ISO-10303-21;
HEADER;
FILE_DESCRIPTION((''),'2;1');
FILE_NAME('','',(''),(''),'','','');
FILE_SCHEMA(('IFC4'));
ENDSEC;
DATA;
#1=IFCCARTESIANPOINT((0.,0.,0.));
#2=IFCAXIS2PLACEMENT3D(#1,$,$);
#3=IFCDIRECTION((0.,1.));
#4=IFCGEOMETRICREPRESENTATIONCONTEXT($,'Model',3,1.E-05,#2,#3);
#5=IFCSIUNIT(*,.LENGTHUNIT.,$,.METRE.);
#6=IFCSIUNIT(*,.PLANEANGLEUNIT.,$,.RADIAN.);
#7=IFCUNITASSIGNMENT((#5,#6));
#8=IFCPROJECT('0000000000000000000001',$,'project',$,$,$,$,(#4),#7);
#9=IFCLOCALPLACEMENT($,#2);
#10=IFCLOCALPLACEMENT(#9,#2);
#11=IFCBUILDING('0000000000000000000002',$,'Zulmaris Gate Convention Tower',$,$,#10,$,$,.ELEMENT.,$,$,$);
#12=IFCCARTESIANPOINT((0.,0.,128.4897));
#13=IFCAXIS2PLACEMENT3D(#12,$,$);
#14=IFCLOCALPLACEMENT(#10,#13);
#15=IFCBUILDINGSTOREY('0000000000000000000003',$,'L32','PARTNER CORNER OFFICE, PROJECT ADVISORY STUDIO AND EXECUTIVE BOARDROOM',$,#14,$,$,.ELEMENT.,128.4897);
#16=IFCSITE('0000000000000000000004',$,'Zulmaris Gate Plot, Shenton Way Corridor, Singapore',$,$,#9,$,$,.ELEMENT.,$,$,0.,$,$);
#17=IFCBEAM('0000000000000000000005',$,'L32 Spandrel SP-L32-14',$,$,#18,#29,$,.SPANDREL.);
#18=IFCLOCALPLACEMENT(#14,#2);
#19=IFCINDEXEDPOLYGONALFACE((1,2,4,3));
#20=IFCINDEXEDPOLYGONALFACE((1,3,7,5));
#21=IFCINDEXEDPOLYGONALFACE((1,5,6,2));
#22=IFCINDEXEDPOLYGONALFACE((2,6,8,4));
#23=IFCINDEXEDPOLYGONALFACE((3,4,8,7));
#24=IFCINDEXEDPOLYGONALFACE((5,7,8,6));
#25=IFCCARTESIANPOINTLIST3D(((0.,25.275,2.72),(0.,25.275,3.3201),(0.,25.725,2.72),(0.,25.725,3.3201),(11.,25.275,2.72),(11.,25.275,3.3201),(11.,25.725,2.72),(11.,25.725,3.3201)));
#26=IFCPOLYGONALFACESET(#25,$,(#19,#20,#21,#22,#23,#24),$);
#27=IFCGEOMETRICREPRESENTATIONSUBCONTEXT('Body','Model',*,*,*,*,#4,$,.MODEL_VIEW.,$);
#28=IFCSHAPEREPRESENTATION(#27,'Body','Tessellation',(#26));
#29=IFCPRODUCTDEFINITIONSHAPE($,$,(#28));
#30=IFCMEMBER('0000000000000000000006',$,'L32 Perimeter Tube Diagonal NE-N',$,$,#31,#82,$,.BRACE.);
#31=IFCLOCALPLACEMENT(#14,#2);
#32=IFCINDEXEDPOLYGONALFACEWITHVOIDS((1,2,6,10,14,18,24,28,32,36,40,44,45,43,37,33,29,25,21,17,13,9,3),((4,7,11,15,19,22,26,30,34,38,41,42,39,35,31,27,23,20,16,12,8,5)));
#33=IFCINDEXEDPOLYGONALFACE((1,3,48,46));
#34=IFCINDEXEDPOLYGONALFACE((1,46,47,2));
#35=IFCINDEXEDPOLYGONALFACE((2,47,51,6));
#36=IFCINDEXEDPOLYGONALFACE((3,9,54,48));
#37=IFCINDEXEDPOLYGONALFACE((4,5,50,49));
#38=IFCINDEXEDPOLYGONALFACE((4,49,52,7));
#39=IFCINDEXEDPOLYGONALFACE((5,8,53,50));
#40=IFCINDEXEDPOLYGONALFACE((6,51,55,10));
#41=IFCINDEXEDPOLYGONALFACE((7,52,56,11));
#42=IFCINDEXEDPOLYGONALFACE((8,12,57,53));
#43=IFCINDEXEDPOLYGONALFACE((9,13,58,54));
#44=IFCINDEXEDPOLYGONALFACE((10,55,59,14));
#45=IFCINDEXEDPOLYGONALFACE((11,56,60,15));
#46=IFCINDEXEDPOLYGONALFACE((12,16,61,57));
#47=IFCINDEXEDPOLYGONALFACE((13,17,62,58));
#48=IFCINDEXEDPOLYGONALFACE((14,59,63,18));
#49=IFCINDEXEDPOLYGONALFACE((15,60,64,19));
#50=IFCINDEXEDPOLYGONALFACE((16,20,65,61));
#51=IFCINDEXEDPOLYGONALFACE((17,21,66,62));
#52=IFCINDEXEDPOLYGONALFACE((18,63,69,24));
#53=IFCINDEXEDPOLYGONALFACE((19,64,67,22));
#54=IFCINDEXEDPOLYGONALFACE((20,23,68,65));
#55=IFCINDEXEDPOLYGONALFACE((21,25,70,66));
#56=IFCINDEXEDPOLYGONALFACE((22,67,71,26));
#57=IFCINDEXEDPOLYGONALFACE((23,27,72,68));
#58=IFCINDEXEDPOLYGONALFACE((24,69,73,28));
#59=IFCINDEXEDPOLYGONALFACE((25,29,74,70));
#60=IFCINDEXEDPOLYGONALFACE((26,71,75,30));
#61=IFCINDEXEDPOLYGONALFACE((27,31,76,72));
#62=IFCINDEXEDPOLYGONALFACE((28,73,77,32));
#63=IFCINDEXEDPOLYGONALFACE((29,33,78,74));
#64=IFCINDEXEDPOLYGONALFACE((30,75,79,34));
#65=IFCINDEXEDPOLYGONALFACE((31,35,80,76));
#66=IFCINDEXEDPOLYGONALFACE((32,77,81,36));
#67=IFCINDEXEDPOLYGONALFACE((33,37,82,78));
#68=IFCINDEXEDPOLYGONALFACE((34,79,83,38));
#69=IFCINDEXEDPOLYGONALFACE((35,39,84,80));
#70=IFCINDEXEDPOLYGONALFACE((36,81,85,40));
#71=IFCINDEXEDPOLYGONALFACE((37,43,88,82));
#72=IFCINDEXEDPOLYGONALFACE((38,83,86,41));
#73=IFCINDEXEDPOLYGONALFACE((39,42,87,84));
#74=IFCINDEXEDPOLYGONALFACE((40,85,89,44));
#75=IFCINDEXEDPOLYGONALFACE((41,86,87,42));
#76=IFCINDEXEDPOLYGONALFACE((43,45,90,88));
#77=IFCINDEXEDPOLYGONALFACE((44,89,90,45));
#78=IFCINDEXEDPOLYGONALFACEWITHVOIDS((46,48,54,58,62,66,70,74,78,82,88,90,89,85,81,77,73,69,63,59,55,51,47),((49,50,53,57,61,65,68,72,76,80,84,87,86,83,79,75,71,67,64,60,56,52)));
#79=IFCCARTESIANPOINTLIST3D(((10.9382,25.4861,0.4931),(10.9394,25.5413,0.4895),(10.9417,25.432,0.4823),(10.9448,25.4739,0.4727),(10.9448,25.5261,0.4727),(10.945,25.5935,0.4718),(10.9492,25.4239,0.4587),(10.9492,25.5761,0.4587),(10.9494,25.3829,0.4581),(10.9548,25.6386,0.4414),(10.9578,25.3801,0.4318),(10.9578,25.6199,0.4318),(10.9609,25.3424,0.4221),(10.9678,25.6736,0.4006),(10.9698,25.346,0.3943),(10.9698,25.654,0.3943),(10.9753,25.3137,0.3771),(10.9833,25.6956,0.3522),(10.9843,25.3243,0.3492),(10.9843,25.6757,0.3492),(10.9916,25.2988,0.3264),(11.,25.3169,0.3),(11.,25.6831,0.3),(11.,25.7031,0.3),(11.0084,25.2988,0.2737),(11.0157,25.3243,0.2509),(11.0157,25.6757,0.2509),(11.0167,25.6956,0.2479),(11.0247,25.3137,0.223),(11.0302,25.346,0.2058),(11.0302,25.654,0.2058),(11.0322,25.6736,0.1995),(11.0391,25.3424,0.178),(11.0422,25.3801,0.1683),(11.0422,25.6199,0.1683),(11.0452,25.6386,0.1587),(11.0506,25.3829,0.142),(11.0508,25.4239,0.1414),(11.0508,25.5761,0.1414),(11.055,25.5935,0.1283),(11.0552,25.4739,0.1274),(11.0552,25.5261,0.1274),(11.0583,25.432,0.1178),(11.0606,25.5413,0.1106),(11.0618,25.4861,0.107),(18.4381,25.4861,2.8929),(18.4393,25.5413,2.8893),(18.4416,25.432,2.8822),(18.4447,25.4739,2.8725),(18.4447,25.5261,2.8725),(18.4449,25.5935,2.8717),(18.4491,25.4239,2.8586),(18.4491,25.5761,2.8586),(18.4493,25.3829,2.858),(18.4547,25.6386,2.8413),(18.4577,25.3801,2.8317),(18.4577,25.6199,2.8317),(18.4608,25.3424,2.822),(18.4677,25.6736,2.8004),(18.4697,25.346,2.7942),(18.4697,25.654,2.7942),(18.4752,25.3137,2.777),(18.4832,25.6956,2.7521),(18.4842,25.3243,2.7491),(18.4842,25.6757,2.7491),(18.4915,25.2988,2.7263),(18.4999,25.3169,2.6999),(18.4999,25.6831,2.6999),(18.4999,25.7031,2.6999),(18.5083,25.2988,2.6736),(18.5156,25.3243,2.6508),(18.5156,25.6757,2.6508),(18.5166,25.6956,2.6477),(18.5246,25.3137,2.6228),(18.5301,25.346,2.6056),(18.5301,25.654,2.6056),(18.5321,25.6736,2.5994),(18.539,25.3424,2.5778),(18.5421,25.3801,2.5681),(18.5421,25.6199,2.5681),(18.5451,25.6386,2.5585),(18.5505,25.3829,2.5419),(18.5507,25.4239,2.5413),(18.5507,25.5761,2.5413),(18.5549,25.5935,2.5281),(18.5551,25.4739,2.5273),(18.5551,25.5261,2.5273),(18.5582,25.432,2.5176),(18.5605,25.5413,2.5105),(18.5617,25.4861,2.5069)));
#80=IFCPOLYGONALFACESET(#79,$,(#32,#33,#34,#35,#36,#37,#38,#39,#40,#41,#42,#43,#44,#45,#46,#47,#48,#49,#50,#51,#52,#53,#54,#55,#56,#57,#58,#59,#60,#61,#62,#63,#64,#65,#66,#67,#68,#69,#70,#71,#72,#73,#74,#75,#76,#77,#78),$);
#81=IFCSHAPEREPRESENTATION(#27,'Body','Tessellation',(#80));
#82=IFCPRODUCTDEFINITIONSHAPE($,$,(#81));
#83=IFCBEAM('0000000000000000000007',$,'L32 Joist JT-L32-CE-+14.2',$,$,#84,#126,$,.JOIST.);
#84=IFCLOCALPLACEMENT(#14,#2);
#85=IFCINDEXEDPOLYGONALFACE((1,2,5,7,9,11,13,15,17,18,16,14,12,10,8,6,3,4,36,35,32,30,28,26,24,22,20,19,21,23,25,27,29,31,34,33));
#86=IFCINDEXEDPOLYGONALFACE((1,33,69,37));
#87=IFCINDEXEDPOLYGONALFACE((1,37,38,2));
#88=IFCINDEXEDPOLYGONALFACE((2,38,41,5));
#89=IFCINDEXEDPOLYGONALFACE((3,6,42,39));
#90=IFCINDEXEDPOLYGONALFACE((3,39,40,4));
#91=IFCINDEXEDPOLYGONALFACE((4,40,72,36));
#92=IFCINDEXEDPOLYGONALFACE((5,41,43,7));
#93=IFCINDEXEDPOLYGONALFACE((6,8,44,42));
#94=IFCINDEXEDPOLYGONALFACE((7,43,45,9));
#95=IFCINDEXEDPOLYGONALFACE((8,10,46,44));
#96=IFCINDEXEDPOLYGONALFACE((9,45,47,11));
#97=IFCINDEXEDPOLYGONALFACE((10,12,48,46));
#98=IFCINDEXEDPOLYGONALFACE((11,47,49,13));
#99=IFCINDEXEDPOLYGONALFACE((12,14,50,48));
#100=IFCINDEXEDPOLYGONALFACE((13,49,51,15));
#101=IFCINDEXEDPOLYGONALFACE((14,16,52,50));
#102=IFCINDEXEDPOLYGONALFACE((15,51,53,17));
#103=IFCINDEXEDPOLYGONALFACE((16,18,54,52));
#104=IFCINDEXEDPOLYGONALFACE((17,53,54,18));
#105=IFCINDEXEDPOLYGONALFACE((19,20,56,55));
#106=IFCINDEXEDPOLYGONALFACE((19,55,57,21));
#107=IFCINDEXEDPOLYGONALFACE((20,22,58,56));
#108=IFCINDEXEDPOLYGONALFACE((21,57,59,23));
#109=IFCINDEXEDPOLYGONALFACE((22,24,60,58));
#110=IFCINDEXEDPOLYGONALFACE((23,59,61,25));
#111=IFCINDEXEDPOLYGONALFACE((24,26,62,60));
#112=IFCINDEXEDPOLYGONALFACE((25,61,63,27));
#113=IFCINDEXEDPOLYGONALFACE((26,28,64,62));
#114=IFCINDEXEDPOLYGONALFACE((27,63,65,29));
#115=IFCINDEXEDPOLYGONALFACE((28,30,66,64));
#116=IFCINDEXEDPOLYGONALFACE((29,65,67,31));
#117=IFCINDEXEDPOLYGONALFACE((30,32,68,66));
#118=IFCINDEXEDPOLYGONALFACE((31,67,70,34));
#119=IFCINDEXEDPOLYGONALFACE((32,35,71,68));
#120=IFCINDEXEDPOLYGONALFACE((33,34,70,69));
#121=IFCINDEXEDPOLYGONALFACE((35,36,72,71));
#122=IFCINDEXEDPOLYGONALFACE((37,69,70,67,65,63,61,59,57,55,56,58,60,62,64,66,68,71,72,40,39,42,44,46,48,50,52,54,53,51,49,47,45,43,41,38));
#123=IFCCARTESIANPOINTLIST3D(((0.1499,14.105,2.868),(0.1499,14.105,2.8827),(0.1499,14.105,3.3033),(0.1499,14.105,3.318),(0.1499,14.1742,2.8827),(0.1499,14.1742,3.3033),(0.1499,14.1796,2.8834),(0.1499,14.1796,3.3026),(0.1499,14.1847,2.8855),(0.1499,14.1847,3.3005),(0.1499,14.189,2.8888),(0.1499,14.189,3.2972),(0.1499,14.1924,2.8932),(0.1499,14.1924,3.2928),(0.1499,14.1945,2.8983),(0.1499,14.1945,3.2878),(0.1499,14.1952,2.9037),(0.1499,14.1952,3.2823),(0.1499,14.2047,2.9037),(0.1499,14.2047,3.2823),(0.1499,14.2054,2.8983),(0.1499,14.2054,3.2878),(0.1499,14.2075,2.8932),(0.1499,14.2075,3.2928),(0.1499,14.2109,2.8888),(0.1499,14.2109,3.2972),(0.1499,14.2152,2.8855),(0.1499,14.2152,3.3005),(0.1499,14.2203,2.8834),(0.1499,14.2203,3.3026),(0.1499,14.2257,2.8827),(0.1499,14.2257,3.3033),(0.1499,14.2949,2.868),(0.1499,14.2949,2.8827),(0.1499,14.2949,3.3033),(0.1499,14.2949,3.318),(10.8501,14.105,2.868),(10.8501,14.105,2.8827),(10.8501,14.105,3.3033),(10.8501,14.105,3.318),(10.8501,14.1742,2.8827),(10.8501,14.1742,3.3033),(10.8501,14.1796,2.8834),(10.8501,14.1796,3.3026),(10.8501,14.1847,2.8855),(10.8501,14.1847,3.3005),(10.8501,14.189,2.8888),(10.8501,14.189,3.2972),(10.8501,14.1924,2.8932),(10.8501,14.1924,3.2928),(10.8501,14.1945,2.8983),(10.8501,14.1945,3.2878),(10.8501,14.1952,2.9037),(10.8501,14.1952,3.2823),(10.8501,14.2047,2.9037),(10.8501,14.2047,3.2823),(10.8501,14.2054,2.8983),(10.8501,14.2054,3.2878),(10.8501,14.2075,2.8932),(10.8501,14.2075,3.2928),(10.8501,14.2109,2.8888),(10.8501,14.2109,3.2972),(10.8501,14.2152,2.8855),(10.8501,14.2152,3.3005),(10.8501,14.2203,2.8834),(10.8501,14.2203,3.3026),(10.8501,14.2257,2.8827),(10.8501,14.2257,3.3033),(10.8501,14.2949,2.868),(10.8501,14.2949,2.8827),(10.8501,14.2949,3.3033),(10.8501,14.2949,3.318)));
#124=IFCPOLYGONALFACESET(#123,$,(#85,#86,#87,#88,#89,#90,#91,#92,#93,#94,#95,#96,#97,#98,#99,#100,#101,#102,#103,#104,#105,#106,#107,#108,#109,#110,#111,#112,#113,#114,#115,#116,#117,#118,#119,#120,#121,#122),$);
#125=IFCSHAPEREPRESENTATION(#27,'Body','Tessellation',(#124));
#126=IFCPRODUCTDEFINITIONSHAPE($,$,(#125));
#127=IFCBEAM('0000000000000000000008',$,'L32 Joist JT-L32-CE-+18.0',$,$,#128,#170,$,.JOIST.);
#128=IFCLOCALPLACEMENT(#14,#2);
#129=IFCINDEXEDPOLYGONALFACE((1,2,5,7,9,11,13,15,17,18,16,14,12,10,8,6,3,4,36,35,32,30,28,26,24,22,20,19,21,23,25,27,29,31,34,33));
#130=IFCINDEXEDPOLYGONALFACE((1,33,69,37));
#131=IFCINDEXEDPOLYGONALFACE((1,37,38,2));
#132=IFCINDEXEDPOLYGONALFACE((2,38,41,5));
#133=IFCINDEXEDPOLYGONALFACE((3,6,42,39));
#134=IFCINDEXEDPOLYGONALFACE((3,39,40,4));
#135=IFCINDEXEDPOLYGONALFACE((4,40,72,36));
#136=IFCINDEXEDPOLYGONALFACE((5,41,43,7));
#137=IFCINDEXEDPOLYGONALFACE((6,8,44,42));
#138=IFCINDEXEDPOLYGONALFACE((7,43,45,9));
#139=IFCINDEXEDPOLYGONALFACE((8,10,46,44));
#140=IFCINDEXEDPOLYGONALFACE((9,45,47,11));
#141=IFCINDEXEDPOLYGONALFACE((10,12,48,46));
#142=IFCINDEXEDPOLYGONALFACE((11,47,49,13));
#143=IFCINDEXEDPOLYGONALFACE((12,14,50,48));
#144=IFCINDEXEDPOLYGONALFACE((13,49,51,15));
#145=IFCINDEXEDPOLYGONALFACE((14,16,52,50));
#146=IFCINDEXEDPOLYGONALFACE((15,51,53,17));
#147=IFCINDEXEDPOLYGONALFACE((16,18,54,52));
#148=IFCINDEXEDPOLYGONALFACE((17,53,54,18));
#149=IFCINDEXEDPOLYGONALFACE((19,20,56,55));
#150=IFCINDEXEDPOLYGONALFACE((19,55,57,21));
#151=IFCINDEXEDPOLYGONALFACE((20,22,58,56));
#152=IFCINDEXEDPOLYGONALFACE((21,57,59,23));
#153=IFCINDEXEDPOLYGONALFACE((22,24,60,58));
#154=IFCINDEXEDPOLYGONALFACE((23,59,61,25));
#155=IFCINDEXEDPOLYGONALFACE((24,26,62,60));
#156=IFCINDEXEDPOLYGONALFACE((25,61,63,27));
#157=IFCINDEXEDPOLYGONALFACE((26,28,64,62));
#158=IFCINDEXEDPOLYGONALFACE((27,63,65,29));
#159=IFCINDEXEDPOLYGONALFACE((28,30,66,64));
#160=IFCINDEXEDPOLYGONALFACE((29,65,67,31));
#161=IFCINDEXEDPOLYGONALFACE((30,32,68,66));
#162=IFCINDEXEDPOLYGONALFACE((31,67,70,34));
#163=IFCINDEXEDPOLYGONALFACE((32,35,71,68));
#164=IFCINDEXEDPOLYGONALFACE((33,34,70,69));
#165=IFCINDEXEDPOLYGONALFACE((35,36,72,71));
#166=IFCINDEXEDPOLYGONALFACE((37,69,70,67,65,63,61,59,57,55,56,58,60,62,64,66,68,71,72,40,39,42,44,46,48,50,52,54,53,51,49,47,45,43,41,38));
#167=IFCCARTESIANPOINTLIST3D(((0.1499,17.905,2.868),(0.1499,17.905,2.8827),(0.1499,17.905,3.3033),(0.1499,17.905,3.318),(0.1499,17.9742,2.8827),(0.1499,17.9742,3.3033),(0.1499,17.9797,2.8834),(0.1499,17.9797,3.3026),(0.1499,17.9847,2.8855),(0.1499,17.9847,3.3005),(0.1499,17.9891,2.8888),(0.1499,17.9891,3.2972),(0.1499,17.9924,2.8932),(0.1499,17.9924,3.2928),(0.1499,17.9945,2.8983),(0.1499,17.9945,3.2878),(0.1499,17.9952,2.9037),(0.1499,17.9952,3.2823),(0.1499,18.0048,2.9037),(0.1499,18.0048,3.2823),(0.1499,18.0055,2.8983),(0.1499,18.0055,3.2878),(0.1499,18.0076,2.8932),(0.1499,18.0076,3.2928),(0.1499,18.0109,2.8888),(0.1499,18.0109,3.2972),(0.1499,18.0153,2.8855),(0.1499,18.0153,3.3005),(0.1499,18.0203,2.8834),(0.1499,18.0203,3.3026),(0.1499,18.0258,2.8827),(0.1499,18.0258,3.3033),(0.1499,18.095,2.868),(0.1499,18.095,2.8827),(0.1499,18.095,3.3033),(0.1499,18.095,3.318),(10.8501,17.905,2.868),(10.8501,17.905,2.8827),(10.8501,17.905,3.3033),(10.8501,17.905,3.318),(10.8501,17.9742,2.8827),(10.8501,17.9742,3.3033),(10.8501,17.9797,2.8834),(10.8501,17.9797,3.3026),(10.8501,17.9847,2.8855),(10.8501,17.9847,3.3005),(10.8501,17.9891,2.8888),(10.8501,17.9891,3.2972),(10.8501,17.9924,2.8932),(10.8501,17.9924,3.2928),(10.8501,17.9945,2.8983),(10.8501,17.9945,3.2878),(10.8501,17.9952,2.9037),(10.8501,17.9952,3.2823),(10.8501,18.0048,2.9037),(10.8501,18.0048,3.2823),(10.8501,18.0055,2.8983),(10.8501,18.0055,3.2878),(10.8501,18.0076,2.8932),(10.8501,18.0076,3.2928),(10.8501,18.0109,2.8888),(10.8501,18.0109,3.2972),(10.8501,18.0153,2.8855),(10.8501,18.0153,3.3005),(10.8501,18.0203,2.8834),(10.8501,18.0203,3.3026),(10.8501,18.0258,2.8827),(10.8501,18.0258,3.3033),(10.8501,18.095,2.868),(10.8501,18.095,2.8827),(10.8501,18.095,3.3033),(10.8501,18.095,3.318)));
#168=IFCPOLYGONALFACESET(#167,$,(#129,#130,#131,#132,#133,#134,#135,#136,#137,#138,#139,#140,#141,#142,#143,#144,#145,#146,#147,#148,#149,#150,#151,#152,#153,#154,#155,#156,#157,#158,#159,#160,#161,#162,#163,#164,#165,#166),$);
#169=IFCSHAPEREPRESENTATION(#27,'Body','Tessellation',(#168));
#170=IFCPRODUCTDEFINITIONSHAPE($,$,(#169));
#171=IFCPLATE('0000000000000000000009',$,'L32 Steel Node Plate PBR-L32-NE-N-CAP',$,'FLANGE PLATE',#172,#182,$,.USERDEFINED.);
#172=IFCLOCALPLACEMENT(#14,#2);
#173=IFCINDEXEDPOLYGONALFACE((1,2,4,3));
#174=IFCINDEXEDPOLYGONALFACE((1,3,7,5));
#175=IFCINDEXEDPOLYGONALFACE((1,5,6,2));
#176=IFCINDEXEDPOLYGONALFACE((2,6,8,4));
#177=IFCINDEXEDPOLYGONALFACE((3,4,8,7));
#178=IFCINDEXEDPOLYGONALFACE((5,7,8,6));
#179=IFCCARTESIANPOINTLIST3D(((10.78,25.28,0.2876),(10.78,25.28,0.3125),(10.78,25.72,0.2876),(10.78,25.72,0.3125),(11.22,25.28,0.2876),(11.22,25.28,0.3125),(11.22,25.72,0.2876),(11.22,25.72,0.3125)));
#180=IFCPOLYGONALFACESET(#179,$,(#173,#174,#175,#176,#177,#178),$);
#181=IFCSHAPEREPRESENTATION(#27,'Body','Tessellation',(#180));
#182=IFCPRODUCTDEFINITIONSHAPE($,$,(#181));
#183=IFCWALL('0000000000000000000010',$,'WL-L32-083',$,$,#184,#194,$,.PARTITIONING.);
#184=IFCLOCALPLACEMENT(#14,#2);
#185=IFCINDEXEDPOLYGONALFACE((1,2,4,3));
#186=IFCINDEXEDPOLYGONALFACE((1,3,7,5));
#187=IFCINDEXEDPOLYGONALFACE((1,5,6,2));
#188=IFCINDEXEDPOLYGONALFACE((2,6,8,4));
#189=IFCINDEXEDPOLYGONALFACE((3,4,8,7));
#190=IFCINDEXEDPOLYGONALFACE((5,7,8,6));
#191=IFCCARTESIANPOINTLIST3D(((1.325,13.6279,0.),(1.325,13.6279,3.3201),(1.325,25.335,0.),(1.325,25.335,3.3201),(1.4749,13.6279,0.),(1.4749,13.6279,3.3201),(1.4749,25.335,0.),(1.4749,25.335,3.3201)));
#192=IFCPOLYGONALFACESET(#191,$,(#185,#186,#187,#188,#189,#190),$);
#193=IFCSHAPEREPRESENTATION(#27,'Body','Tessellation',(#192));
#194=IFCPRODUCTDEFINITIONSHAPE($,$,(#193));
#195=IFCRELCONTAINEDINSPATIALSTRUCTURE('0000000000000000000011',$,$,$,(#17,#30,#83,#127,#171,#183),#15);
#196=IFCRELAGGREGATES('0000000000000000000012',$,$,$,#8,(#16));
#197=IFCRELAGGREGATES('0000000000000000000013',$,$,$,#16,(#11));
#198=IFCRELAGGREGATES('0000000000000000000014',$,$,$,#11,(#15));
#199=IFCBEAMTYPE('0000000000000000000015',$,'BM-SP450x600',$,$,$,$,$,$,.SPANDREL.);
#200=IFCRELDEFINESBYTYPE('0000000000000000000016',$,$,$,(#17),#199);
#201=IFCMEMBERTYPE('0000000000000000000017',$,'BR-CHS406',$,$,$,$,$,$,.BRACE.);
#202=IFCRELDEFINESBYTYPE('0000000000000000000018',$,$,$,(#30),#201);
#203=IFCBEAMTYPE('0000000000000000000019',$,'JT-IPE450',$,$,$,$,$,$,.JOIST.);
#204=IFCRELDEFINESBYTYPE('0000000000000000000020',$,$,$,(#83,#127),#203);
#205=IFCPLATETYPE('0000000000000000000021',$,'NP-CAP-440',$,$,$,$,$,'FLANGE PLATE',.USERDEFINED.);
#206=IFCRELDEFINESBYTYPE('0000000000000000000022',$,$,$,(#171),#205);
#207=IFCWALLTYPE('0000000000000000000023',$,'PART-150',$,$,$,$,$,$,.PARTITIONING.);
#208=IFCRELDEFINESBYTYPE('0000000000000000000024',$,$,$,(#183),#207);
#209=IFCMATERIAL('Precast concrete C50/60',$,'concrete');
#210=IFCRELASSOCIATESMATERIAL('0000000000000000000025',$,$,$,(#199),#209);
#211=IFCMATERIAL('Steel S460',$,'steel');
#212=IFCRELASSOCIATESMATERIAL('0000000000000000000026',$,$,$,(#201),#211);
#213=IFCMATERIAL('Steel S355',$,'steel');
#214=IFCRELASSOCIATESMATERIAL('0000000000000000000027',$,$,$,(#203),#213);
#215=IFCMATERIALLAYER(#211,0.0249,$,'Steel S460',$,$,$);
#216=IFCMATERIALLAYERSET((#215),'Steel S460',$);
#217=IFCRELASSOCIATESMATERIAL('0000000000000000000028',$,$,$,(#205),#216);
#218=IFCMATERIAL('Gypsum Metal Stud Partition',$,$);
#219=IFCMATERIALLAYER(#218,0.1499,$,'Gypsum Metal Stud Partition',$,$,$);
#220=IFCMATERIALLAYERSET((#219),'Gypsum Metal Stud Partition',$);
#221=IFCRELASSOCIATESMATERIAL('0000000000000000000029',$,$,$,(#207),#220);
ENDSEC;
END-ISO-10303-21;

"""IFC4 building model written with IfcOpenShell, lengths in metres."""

from ifc_helpers import new_model, si_unit, direction, frame, frame_2d, origin, origin_2d, place, context, subcontext, project, spatial, rectangle, hollow_circle, i_section, extrude, material, layer, layer_set, material_profile, profile_set, type_object, element, save


model = new_model("IFC4")

# Units and contexts
model_context = context("Model", 3, precision=1e-05, world=origin(), true_north=direction((0.0, 1.0)))
body_context = subcontext(model_context, "Body", "Model", "MODEL_VIEW")
ifc_project = project(units=[si_unit("LENGTHUNIT", "METRE"), si_unit("PLANEANGLEUNIT", "RADIAN")], contexts=[model_context])

# Site, building, storey
site_placement = place(None, origin())
site = spatial("IfcSite", under=ifc_project, at=site_placement, Name="Zulmaris Gate Plot, Shenton Way Corridor, Singapore", CompositionType="ELEMENT", RefElevation=0.0)
building_placement = place(site_placement, origin())
building = spatial("IfcBuilding", under=site, at=building_placement, Name="Zulmaris Gate Convention Tower", CompositionType="ELEMENT")
storey_placement = place(building_placement, frame((0.0, 0.0, 128.4897)))
storey = spatial("IfcBuildingStorey", under=building, at=storey_placement, Name="L32", Description="PARTNER CORNER OFFICE, PROJECT ADVISORY STUDIO AND EXECUTIVE BOARDROOM", CompositionType="ELEMENT", Elevation=128.4897)

# Beam
ifc_material_1 = material(Name="Steel S355", Category="steel")
ifc_material_2 = material(Name="Precast concrete C50/60", Category="concrete")
ifc_material_profile_1 = material_profile(ifc_material_2, rectangle(XDim=0.45, YDim=0.6001, at=origin_2d()), Name="RC SPANDREL 450x600")
ifc_profile_set_1 = profile_set([ifc_material_profile_1], Name="Precast concrete C50/60")
beam_type_1 = type_object("IfcBeamType", Name="BM-SP450x600", PredefinedType="SPANDREL", material=ifc_profile_set_1)
beam_1_placement = place(storey_placement, frame((11.0, 25.5, 3.02), z_axis=(-1.0, 0.0, 0.0), x_axis=(0.0, -1.0, 0.0)))
element("IfcBeam", 1, at=beam_1_placement, inside=storey, type_object=beam_type_1, Name="L32 Spandrel SP-L32-14", PredefinedType="SPANDREL", context=body_context, shape_type="SweptSolid", body=[
    extrude(rectangle(XDim=0.45, YDim=0.6001, at=origin_2d()), origin(), (0.0, 0.0, 1.0), 11.0),
])

# Member
ifc_material_3 = material(Name="Steel S460", Category="steel")
ifc_material_profile_2 = material_profile(ifc_material_3, hollow_circle(Radius=0.2031, WallThickness=0.02, at=origin_2d()), Name="CHS 406.4x20")
ifc_profile_set_2 = profile_set([ifc_material_profile_2], Name="Steel S460")
member_type = type_object("IfcMemberType", Name="BR-CHS406", PredefinedType="BRACE", material=ifc_profile_set_2)
member_placement = place(storey_placement, frame((11.0, 25.5, 0.3), z_axis=(0.952428, 0.0, 0.304764), x_axis=(0.0, 1.0, 0.0)))
element("IfcMember", 2, at=member_placement, inside=storey, type_object=member_type, Name="L32 Perimeter Tube Diagonal NE-N", PredefinedType="BRACE", context=body_context, shape_type="SweptSolid", body=[
    extrude(hollow_circle(Radius=0.2031, WallThickness=0.02, at=origin_2d()), origin(), (0.0, 0.0, 1.0), 7.8745),
])

# Beams
ifc_material_profile_3 = material_profile(ifc_material_1, i_section(OverallWidth=0.1899, OverallDepth=0.45, WebThickness=0.0095, FlangeThickness=0.0146, FilletRadius=0.021, at=origin_2d()), Name="IPE 450")
ifc_profile_set_3 = profile_set([ifc_material_profile_3], Name="Steel S355")
beam_type_2 = type_object("IfcBeamType", Name="JT-IPE450", PredefinedType="JOIST", material=ifc_profile_set_3)
for number, where, z_axis, x_axis, name in (
    (3, (0.1499, 14.2, 3.093), (1.0, 0.0, 0.0), (0.0, 1.0, 0.0), "L32 Joist JT-L32-CE-+14.2"),
    (4, (0.1499, 18.0, 3.093), (1.0, 0.0, 0.0), (0.0, 1.0, 0.0), "L32 Joist JT-L32-CE-+18.0"),
):
    element("IfcBeam", number, at=place(storey_placement, frame(where, z_axis=z_axis, x_axis=x_axis)), inside=storey, type_object=beam_type_2, Name=name, PredefinedType="JOIST", context=body_context, shape_type="SweptSolid", body=[
        extrude(i_section(OverallWidth=0.1899, OverallDepth=0.45, WebThickness=0.0095, FlangeThickness=0.0146, FilletRadius=0.021, at=origin_2d()), origin(), (0.0, 0.0, 1.0), 10.7002),
    ])

# Plate
ifc_layer_1 = layer(ifc_material_3, 0.0249, Name="Steel S460")
ifc_layer_set_1 = layer_set([ifc_layer_1], Name="Steel S460")
plate_type = type_object("IfcPlateType", Name="NP-CAP-440", ElementType="FLANGE PLATE", PredefinedType="USERDEFINED", material=ifc_layer_set_1)
plate_placement = place(storey_placement, frame((11.0, 25.5, 0.2876), z_axis=(0.0, 0.0, 1.0), x_axis=(1.0, 0.0, 0.0)))
element("IfcPlate", 5, at=plate_placement, inside=storey, type_object=plate_type, Name="L32 Steel Node Plate PBR-L32-NE-N-CAP", ObjectType="FLANGE PLATE", PredefinedType="USERDEFINED", context=body_context, shape_type="SweptSolid", body=[
    extrude(rectangle(XDim=0.4399, YDim=0.4399, at=origin_2d()), origin(), (0.0, 0.0, 1.0), 0.0249),
])

# Wall
ifc_material_4 = material(Name="Gypsum Metal Stud Partition")
ifc_layer_2 = layer(ifc_material_4, 0.1499, Name="Gypsum Metal Stud Partition")
ifc_layer_set_2 = layer_set([ifc_layer_2], Name="Gypsum Metal Stud Partition")
wall_type_1 = type_object("IfcWallType", Name="PART-150", PredefinedType="PARTITIONING", material=ifc_layer_set_2)
for number, where, z_axis, x_axis, name in (
    (6, (1.3999, 13.6279, 0.0), (0.0, 0.0, 1.0), (0.0, 1.0, 0.0), "WL-L32-083"),
):
    element("IfcWall", number, at=place(storey_placement, frame(where, z_axis=z_axis, x_axis=x_axis)), inside=storey, type_object=wall_type_1, Name=name, PredefinedType="PARTITIONING", context=body_context, shape_type="SweptSolid", body=[
        extrude(rectangle(XDim=11.707, YDim=0.1499, at=frame_2d((5.8535, 0.0))), origin(), (0.0, 0.0, 1.0), 3.3201),
    ])

save(model, "model.ifc")
